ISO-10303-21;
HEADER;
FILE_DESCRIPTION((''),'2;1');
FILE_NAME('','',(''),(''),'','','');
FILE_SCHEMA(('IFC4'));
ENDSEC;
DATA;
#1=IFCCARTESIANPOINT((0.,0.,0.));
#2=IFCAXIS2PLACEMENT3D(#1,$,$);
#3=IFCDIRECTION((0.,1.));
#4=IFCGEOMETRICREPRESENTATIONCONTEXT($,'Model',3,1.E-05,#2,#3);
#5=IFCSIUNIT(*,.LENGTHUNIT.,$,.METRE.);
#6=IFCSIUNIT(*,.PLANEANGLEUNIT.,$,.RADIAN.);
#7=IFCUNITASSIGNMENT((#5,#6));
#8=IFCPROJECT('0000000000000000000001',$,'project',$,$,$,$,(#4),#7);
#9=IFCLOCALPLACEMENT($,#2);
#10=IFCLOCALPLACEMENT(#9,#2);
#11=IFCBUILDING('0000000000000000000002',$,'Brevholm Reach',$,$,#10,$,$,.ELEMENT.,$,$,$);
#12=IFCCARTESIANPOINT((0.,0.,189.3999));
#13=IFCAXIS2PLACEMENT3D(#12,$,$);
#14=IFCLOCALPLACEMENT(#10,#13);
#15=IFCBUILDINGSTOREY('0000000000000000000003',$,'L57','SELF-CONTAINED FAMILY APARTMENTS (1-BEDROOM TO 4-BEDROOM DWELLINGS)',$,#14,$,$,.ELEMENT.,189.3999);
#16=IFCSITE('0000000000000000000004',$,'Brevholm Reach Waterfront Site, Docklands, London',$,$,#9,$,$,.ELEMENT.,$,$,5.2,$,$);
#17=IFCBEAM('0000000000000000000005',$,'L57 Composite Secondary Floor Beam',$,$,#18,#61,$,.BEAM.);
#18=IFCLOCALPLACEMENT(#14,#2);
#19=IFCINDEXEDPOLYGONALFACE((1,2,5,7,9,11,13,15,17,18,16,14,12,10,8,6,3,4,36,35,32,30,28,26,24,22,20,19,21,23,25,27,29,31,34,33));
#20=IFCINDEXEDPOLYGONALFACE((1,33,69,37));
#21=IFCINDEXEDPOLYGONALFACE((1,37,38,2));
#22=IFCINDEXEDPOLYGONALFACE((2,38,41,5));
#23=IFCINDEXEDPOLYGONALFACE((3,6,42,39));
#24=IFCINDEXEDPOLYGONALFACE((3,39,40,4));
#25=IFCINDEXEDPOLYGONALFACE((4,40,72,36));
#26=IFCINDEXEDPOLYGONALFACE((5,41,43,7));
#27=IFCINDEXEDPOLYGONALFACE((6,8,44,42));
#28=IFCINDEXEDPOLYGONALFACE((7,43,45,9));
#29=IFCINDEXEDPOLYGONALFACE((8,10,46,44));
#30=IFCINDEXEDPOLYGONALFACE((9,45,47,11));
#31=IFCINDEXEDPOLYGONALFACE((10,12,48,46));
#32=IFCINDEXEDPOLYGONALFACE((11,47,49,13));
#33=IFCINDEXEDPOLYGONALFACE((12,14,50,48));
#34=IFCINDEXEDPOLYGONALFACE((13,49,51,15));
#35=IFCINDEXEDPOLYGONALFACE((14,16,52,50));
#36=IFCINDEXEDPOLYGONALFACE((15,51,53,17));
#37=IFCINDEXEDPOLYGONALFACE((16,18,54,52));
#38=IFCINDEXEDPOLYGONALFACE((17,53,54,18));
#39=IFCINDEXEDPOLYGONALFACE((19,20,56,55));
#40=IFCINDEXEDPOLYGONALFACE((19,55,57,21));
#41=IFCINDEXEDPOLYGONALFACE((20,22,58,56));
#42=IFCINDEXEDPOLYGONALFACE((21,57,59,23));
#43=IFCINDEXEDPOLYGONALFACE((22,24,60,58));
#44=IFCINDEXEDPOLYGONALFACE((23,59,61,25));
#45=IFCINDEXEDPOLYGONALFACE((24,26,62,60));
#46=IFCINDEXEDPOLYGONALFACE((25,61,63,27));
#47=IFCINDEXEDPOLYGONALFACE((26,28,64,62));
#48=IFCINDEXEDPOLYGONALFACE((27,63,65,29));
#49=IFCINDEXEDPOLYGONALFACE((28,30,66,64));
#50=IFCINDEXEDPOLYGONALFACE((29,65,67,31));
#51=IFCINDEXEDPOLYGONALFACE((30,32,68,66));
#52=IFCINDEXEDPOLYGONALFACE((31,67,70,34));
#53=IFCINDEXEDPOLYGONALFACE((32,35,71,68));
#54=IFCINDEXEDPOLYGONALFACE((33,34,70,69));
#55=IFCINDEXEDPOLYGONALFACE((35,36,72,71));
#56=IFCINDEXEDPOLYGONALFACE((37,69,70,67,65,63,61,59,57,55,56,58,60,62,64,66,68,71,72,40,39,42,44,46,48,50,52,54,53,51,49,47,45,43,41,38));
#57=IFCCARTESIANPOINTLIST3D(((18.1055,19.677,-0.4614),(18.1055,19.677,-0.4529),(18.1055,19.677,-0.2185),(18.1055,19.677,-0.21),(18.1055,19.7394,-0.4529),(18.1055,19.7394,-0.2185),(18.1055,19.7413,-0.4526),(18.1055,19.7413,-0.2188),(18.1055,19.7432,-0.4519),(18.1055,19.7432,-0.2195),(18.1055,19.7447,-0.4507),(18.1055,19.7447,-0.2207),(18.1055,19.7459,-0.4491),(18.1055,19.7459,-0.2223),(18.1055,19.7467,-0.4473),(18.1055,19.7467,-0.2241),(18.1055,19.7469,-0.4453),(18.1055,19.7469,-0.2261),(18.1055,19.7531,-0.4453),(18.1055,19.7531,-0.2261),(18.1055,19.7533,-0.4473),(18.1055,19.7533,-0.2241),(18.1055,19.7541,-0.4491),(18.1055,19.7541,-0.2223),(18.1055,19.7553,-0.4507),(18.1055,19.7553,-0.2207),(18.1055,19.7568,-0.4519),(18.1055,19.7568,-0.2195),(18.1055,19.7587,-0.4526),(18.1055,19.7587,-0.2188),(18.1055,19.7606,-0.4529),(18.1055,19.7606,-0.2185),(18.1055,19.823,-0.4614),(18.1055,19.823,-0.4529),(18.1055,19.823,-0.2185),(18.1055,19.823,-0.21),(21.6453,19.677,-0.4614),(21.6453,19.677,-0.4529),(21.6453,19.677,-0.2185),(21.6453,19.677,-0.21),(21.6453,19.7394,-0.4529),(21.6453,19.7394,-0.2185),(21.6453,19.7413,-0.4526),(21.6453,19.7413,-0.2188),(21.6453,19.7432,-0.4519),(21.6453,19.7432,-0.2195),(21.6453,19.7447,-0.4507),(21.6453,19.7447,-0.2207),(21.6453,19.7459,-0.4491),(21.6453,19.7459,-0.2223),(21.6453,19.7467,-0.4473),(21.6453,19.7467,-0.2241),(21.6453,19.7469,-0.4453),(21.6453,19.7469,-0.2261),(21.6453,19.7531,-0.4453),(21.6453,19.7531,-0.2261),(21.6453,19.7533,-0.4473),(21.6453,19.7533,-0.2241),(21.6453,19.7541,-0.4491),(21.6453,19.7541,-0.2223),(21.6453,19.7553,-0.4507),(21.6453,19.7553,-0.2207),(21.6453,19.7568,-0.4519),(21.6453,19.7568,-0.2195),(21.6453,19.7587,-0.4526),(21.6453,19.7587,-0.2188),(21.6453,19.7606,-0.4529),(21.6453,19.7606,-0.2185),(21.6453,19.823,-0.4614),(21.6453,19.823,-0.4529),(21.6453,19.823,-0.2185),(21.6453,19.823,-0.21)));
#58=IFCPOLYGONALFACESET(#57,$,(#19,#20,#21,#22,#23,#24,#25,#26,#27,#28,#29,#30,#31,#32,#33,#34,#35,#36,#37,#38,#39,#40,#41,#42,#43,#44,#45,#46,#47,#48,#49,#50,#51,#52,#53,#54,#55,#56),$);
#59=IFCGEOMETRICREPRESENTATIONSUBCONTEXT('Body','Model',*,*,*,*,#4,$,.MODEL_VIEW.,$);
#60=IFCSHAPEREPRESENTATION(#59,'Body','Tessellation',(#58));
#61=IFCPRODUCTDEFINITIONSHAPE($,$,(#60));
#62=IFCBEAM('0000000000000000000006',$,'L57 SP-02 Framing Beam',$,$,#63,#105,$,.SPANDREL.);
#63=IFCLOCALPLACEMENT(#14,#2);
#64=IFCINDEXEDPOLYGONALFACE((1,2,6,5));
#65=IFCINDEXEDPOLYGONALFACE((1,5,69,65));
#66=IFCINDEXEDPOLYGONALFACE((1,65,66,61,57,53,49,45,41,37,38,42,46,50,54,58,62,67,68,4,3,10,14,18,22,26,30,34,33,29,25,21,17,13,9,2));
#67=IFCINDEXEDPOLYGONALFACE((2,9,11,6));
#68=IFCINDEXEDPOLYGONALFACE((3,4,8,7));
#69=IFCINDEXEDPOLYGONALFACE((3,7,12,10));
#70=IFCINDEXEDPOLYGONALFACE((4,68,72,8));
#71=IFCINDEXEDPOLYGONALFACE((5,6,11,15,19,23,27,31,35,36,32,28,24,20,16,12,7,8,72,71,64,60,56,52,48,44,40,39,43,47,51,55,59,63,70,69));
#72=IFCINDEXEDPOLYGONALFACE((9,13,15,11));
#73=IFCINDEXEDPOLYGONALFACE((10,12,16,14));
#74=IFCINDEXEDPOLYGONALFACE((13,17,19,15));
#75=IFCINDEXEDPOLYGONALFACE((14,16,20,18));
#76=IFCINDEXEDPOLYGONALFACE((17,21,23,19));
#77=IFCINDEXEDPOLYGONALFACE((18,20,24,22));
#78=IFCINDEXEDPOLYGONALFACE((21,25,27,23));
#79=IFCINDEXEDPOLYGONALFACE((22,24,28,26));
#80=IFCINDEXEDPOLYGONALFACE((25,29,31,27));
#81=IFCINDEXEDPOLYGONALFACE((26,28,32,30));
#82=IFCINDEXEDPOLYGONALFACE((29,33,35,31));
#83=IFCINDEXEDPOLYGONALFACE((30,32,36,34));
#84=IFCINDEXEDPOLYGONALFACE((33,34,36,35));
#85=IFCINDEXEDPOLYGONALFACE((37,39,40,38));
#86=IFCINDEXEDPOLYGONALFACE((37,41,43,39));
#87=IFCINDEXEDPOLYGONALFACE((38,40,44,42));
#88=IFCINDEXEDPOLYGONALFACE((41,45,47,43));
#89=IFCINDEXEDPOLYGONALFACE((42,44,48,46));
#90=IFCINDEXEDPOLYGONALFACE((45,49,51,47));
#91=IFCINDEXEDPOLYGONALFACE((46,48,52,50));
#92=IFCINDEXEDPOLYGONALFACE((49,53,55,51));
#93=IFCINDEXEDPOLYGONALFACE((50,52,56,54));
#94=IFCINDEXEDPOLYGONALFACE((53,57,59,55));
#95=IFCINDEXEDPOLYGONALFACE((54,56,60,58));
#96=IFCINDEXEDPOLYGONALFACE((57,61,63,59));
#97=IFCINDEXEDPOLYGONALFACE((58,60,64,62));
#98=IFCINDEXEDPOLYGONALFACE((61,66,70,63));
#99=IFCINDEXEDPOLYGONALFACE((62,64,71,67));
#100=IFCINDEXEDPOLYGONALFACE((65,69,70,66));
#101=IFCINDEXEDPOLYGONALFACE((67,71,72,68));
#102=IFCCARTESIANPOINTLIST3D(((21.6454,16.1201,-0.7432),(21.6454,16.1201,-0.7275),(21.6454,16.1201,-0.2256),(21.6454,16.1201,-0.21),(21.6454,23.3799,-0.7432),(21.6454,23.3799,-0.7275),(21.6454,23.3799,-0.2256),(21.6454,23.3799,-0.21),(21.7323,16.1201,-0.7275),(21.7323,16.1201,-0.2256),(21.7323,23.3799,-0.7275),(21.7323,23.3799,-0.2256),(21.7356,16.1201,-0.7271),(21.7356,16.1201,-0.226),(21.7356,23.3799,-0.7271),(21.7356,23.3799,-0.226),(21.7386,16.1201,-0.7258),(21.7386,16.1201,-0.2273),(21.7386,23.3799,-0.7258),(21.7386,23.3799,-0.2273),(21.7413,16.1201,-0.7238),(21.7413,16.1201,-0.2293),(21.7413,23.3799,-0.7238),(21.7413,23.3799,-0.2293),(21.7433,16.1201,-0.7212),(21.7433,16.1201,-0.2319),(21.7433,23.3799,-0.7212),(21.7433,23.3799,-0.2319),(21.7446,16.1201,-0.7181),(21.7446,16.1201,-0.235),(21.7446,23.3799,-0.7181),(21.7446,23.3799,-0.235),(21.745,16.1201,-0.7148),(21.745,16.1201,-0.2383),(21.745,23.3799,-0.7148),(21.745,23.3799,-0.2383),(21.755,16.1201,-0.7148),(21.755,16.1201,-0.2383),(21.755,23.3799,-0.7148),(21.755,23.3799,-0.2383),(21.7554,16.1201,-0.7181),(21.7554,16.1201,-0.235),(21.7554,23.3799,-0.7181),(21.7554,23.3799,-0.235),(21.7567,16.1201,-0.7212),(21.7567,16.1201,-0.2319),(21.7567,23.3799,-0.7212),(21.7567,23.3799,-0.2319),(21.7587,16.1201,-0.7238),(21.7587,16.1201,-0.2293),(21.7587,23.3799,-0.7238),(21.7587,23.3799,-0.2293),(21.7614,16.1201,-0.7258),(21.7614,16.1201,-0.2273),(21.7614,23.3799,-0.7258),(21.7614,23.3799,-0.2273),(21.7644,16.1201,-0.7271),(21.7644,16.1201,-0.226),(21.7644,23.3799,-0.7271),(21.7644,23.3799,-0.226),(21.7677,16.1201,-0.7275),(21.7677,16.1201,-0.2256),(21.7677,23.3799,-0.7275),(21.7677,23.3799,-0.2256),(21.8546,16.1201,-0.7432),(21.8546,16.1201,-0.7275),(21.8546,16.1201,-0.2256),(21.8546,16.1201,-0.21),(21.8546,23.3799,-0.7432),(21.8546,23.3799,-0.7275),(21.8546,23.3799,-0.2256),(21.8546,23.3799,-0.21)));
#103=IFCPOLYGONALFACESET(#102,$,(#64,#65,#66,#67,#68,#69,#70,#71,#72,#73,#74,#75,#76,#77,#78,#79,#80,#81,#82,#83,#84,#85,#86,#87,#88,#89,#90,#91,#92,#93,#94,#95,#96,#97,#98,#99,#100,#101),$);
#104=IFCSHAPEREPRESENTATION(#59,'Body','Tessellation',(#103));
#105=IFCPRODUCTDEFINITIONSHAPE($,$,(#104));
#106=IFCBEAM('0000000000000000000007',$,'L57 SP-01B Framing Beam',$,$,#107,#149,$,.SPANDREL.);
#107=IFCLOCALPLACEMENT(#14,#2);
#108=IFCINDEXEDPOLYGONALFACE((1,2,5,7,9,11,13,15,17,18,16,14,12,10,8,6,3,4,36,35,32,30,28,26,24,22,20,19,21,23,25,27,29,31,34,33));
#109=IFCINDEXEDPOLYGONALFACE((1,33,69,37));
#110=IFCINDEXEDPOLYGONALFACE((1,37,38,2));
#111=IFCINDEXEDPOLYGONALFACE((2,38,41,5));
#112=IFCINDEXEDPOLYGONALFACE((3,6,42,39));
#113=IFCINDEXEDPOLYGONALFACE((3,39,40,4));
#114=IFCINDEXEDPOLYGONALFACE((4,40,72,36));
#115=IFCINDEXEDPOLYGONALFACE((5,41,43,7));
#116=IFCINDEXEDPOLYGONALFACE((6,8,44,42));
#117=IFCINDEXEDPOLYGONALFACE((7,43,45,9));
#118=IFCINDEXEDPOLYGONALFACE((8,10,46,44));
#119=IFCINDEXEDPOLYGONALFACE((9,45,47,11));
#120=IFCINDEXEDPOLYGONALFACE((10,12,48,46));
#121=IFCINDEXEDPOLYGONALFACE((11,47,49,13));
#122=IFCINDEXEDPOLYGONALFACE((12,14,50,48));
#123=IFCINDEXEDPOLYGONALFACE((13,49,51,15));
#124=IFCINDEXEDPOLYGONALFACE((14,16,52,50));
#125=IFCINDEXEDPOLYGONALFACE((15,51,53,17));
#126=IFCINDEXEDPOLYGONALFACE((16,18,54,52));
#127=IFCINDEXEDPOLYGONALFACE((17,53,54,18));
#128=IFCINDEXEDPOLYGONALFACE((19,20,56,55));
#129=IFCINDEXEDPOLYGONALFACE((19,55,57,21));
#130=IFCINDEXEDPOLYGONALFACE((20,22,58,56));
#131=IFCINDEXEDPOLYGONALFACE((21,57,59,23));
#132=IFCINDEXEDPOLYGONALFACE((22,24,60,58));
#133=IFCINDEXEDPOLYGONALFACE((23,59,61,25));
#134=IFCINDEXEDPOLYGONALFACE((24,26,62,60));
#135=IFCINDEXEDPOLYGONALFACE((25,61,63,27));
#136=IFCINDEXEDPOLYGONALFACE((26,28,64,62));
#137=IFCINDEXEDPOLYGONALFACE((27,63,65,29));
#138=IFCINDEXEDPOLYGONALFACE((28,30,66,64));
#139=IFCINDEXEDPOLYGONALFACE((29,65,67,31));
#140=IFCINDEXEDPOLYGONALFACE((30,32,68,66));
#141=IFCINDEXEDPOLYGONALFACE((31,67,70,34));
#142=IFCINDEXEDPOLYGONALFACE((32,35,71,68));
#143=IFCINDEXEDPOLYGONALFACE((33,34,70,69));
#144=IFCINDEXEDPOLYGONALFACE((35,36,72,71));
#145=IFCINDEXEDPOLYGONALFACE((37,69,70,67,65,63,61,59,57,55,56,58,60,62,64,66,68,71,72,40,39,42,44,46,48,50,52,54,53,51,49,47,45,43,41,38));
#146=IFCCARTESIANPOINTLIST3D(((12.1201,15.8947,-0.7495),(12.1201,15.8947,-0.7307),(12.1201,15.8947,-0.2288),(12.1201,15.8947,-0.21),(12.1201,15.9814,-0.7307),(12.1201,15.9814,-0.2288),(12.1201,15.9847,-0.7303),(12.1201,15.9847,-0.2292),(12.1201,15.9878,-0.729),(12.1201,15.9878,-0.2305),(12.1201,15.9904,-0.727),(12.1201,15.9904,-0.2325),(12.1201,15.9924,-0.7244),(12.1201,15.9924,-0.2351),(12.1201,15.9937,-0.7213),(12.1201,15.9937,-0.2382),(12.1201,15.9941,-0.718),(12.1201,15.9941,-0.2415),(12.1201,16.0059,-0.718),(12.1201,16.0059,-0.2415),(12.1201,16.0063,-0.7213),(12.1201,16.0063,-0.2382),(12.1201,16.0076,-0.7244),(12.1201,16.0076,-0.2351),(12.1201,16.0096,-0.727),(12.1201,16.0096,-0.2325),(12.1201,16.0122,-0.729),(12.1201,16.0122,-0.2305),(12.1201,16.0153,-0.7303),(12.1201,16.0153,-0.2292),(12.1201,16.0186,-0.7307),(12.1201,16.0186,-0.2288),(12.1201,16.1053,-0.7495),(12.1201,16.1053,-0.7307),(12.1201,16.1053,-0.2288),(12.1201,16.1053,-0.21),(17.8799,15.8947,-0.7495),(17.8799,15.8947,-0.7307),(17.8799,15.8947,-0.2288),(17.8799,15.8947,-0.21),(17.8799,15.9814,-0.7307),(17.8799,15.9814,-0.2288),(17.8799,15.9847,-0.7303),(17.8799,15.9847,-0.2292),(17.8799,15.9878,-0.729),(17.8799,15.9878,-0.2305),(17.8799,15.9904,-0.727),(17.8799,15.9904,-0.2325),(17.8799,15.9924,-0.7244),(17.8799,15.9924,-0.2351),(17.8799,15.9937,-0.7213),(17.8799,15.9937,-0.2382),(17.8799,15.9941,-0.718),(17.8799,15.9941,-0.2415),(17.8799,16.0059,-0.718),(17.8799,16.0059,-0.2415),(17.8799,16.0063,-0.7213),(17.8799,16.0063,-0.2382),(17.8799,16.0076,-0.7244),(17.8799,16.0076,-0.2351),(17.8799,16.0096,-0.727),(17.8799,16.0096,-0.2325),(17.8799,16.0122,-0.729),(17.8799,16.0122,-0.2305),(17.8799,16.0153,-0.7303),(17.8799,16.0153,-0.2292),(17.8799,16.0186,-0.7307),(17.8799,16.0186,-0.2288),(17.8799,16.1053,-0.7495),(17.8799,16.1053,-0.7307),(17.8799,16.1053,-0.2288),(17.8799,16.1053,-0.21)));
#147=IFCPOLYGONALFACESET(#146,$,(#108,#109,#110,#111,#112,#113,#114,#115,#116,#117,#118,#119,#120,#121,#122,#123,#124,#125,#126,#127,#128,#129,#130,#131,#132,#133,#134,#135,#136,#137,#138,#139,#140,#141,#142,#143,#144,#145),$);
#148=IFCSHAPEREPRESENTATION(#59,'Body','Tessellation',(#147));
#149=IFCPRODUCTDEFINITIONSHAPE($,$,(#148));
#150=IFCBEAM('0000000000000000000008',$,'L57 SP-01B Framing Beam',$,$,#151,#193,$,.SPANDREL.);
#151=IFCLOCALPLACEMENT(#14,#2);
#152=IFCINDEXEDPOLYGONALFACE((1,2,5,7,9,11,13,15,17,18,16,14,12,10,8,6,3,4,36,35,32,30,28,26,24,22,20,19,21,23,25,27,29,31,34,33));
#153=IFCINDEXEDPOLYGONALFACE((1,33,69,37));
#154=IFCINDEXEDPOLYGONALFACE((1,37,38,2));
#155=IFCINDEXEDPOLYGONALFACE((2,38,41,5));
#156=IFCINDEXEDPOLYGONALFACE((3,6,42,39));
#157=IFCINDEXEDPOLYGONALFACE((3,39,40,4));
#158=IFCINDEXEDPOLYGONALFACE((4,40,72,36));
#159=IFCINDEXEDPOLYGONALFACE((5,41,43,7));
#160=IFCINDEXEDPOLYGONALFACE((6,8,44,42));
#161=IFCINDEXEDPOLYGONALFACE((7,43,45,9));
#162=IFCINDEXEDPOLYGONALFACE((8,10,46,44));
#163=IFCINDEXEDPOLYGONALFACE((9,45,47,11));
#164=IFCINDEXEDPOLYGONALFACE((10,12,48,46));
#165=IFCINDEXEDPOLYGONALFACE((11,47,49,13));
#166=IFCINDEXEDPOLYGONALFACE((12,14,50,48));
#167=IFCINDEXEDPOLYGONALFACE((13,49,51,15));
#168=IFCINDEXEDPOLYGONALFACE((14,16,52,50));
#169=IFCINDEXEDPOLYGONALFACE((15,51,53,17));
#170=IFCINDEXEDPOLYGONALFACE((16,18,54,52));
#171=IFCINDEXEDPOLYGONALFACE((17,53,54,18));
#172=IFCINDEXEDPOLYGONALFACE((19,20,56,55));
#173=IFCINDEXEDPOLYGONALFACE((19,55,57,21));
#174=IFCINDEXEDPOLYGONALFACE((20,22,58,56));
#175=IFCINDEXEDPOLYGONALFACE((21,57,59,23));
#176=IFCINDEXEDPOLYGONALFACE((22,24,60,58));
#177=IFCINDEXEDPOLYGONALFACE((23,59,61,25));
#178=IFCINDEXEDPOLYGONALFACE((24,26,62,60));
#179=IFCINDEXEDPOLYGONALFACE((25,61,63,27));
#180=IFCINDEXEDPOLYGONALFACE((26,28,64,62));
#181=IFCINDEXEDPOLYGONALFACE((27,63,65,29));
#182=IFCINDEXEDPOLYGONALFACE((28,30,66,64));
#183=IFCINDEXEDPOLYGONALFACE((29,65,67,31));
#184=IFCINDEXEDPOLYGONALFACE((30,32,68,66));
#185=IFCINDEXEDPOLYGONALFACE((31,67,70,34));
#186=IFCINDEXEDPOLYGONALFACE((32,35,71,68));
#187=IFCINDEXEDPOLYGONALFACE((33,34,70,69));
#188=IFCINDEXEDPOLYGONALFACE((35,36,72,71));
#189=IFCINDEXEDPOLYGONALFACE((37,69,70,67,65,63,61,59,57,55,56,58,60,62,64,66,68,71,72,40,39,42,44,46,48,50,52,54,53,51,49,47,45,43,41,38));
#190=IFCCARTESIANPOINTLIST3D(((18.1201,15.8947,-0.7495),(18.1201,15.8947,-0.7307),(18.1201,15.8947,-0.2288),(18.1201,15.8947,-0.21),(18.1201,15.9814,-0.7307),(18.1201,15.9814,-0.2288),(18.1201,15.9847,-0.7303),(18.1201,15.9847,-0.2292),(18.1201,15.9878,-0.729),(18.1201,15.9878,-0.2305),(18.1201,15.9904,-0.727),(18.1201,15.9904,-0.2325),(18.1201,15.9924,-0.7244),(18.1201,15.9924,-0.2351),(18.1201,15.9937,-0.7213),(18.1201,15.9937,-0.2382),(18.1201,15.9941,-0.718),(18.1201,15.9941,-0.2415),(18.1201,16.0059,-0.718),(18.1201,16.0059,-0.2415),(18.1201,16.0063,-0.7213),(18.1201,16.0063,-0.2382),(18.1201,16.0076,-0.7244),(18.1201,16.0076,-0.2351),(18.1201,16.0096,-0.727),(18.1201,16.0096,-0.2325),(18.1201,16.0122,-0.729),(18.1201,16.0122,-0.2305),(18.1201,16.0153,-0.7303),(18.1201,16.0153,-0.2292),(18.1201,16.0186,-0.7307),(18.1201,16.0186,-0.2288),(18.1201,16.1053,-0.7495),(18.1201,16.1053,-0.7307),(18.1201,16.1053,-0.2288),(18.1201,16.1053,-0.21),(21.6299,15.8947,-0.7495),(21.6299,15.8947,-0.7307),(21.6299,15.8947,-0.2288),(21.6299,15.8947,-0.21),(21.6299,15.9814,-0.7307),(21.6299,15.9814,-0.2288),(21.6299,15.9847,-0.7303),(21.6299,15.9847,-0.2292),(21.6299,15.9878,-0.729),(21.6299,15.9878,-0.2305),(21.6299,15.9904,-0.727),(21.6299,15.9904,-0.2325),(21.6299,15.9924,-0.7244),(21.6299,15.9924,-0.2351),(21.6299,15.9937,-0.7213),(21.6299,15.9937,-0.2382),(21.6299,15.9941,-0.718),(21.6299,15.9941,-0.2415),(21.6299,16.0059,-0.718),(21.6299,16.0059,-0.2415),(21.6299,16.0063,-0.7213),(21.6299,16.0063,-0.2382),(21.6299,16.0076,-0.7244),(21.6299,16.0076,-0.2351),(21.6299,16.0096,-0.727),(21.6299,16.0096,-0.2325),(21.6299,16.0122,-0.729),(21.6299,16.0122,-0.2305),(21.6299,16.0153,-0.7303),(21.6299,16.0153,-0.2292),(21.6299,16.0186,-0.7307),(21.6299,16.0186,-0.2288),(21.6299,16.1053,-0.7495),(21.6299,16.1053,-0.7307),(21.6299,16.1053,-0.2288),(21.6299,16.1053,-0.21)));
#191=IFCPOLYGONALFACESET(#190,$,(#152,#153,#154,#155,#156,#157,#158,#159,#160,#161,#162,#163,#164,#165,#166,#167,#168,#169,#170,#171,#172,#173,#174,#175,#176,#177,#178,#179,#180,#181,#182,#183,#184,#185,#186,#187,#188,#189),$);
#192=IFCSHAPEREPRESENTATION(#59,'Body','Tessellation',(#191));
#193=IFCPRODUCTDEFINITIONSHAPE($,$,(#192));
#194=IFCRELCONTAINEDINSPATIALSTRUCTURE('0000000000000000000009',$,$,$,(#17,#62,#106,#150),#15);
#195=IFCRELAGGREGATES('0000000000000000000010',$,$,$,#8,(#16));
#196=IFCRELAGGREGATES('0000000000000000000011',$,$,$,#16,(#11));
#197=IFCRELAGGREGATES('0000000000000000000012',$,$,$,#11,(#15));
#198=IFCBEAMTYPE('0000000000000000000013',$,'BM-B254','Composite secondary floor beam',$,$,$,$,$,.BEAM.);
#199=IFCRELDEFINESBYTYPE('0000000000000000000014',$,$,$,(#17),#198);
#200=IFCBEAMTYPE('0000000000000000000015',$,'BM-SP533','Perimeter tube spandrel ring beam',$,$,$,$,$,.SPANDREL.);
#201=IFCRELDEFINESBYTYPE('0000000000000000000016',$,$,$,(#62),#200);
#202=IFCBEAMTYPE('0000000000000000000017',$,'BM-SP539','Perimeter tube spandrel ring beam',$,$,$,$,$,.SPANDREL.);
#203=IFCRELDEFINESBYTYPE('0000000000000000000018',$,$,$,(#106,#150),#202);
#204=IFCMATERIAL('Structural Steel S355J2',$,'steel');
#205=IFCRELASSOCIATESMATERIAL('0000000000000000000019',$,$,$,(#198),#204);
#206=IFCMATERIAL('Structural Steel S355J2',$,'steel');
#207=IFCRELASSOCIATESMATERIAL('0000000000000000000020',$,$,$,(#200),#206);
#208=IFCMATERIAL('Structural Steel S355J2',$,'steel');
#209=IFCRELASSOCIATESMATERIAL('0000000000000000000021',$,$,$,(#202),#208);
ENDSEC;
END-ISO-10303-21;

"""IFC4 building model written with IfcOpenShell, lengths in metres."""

from ifc_helpers import new_model, si_unit, direction, frame, origin, origin_2d, place, context, subcontext, project, spatial, i_section, extrude, material, material_profile, profile_set, type_object, element, save


model = new_model("IFC4")

# Units and contexts
model_context = context("Model", 3, precision=1e-05, world=origin(), true_north=direction((0.0, 1.0)))
body_context = subcontext(model_context, "Body", "Model", "MODEL_VIEW")
ifc_project = project(units=[si_unit("LENGTHUNIT", "METRE"), si_unit("PLANEANGLEUNIT", "RADIAN")], contexts=[model_context])

# Site, building, storey
site_placement = place(None, origin())
site = spatial("IfcSite", under=ifc_project, at=site_placement, Name="Brevholm Reach Waterfront Site, Docklands, London", CompositionType="ELEMENT", RefElevation=5.2)
building_placement = place(site_placement, origin())
building = spatial("IfcBuilding", under=site, at=building_placement, Name="Brevholm Reach", CompositionType="ELEMENT")
storey_placement = place(building_placement, frame((0.0, 0.0, 189.3999)))
storey = spatial("IfcBuildingStorey", under=building, at=storey_placement, Name="L57", Description="SELF-CONTAINED FAMILY APARTMENTS (1-BEDROOM TO 4-BEDROOM DWELLINGS)", CompositionType="ELEMENT", Elevation=189.3999)

# Beams
ifc_material_1 = material(Name="Structural Steel S355J2", Category="steel")
ifc_material_profile_1 = material_profile(ifc_material_1, i_section(OverallWidth=0.146, OverallDepth=0.2515, WebThickness=0.0061, FlangeThickness=0.0085, FilletRadius=0.0076, at=origin_2d()), Name="UKB 254x146x31")
ifc_profile_set_1 = profile_set([ifc_material_profile_1], Name="Structural Steel S355J2")
beam_type_1 = type_object("IfcBeamType", Name="BM-B254", Description="Composite secondary floor beam", PredefinedType="BEAM", material=ifc_profile_set_1)
beam_1_placement = place(storey_placement, frame((18.1055, 19.75, -0.3357), z_axis=(1.0, 0.0, 0.0), x_axis=(0.0, 1.0, 0.0)))
element("IfcBeam", 1, at=beam_1_placement, inside=storey, type_object=beam_type_1, Name="L57 Composite Secondary Floor Beam", PredefinedType="BEAM", context=body_context, shape_type="SweptSolid", body=[
    extrude(i_section(OverallWidth=0.146, OverallDepth=0.2515, WebThickness=0.0061, FlangeThickness=0.0085, FilletRadius=0.0076, at=origin_2d()), origin(), (0.0, 0.0, 1.0), 3.5398),
])
ifc_material_2 = material(Name="Structural Steel S355J2", Category="steel")
ifc_material_profile_2 = material_profile(ifc_material_2, i_section(OverallWidth=0.2092, OverallDepth=0.5332, WebThickness=0.01, FlangeThickness=0.0156, FilletRadius=0.0127, at=origin_2d()), Name="UKB 533x210x92")
ifc_profile_set_2 = profile_set([ifc_material_profile_2], Name="Structural Steel S355J2")
beam_type_2 = type_object("IfcBeamType", Name="BM-SP533", Description="Perimeter tube spandrel ring beam", PredefinedType="SPANDREL", material=ifc_profile_set_2)
beam_2_placement = place(storey_placement, frame((21.75, 16.1201, -0.4766), z_axis=(0.0, 1.0, 0.0), x_axis=(-1.0, 0.0, 0.0)))
element("IfcBeam", 2, at=beam_2_placement, inside=storey, type_object=beam_type_2, Name="L57 SP-02 Framing Beam", PredefinedType="SPANDREL", context=body_context, shape_type="SweptSolid", body=[
    extrude(i_section(OverallWidth=0.2092, OverallDepth=0.5332, WebThickness=0.01, FlangeThickness=0.0156, FilletRadius=0.0127, at=origin_2d()), origin(), (0.0, 0.0, 1.0), 7.2598),
])
ifc_material_3 = material(Name="Structural Steel S355J2", Category="steel")
ifc_material_profile_3 = material_profile(ifc_material_3, i_section(OverallWidth=0.2107, OverallDepth=0.5396, WebThickness=0.0117, FlangeThickness=0.0188, FilletRadius=0.0127, at=origin_2d()), Name="UKB 533x210x109")
ifc_profile_set_3 = profile_set([ifc_material_profile_3], Name="Structural Steel S355J2")
beam_type_3 = type_object("IfcBeamType", Name="BM-SP539", Description="Perimeter tube spandrel ring beam", PredefinedType="SPANDREL", material=ifc_profile_set_3)
beam_3_placement = place(storey_placement, frame((12.1201, 16.0, -0.4797), z_axis=(1.0, 0.0, 0.0), x_axis=(0.0, 1.0, 0.0)))
element("IfcBeam", 3, at=beam_3_placement, inside=storey, type_object=beam_type_3, Name="L57 SP-01B Framing Beam", PredefinedType="SPANDREL", context=body_context, shape_type="SweptSolid", body=[
    extrude(i_section(OverallWidth=0.2107, OverallDepth=0.5396, WebThickness=0.0117, FlangeThickness=0.0188, FilletRadius=0.0127, at=origin_2d()), origin(), (0.0, 0.0, 1.0), 5.7598),
])
beam_4_placement = place(storey_placement, frame((18.1201, 16.0, -0.4797), z_axis=(1.0, 0.0, 0.0), x_axis=(0.0, 1.0, 0.0)))
element("IfcBeam", 4, at=beam_4_placement, inside=storey, type_object=beam_type_3, Name="L57 SP-01B Framing Beam", PredefinedType="SPANDREL", context=body_context, shape_type="SweptSolid", body=[
    extrude(i_section(OverallWidth=0.2107, OverallDepth=0.5396, WebThickness=0.0117, FlangeThickness=0.0188, FilletRadius=0.0127, at=origin_2d()), origin(), (0.0, 0.0, 1.0), 3.5098),
])

save(model, "model.ifc")
